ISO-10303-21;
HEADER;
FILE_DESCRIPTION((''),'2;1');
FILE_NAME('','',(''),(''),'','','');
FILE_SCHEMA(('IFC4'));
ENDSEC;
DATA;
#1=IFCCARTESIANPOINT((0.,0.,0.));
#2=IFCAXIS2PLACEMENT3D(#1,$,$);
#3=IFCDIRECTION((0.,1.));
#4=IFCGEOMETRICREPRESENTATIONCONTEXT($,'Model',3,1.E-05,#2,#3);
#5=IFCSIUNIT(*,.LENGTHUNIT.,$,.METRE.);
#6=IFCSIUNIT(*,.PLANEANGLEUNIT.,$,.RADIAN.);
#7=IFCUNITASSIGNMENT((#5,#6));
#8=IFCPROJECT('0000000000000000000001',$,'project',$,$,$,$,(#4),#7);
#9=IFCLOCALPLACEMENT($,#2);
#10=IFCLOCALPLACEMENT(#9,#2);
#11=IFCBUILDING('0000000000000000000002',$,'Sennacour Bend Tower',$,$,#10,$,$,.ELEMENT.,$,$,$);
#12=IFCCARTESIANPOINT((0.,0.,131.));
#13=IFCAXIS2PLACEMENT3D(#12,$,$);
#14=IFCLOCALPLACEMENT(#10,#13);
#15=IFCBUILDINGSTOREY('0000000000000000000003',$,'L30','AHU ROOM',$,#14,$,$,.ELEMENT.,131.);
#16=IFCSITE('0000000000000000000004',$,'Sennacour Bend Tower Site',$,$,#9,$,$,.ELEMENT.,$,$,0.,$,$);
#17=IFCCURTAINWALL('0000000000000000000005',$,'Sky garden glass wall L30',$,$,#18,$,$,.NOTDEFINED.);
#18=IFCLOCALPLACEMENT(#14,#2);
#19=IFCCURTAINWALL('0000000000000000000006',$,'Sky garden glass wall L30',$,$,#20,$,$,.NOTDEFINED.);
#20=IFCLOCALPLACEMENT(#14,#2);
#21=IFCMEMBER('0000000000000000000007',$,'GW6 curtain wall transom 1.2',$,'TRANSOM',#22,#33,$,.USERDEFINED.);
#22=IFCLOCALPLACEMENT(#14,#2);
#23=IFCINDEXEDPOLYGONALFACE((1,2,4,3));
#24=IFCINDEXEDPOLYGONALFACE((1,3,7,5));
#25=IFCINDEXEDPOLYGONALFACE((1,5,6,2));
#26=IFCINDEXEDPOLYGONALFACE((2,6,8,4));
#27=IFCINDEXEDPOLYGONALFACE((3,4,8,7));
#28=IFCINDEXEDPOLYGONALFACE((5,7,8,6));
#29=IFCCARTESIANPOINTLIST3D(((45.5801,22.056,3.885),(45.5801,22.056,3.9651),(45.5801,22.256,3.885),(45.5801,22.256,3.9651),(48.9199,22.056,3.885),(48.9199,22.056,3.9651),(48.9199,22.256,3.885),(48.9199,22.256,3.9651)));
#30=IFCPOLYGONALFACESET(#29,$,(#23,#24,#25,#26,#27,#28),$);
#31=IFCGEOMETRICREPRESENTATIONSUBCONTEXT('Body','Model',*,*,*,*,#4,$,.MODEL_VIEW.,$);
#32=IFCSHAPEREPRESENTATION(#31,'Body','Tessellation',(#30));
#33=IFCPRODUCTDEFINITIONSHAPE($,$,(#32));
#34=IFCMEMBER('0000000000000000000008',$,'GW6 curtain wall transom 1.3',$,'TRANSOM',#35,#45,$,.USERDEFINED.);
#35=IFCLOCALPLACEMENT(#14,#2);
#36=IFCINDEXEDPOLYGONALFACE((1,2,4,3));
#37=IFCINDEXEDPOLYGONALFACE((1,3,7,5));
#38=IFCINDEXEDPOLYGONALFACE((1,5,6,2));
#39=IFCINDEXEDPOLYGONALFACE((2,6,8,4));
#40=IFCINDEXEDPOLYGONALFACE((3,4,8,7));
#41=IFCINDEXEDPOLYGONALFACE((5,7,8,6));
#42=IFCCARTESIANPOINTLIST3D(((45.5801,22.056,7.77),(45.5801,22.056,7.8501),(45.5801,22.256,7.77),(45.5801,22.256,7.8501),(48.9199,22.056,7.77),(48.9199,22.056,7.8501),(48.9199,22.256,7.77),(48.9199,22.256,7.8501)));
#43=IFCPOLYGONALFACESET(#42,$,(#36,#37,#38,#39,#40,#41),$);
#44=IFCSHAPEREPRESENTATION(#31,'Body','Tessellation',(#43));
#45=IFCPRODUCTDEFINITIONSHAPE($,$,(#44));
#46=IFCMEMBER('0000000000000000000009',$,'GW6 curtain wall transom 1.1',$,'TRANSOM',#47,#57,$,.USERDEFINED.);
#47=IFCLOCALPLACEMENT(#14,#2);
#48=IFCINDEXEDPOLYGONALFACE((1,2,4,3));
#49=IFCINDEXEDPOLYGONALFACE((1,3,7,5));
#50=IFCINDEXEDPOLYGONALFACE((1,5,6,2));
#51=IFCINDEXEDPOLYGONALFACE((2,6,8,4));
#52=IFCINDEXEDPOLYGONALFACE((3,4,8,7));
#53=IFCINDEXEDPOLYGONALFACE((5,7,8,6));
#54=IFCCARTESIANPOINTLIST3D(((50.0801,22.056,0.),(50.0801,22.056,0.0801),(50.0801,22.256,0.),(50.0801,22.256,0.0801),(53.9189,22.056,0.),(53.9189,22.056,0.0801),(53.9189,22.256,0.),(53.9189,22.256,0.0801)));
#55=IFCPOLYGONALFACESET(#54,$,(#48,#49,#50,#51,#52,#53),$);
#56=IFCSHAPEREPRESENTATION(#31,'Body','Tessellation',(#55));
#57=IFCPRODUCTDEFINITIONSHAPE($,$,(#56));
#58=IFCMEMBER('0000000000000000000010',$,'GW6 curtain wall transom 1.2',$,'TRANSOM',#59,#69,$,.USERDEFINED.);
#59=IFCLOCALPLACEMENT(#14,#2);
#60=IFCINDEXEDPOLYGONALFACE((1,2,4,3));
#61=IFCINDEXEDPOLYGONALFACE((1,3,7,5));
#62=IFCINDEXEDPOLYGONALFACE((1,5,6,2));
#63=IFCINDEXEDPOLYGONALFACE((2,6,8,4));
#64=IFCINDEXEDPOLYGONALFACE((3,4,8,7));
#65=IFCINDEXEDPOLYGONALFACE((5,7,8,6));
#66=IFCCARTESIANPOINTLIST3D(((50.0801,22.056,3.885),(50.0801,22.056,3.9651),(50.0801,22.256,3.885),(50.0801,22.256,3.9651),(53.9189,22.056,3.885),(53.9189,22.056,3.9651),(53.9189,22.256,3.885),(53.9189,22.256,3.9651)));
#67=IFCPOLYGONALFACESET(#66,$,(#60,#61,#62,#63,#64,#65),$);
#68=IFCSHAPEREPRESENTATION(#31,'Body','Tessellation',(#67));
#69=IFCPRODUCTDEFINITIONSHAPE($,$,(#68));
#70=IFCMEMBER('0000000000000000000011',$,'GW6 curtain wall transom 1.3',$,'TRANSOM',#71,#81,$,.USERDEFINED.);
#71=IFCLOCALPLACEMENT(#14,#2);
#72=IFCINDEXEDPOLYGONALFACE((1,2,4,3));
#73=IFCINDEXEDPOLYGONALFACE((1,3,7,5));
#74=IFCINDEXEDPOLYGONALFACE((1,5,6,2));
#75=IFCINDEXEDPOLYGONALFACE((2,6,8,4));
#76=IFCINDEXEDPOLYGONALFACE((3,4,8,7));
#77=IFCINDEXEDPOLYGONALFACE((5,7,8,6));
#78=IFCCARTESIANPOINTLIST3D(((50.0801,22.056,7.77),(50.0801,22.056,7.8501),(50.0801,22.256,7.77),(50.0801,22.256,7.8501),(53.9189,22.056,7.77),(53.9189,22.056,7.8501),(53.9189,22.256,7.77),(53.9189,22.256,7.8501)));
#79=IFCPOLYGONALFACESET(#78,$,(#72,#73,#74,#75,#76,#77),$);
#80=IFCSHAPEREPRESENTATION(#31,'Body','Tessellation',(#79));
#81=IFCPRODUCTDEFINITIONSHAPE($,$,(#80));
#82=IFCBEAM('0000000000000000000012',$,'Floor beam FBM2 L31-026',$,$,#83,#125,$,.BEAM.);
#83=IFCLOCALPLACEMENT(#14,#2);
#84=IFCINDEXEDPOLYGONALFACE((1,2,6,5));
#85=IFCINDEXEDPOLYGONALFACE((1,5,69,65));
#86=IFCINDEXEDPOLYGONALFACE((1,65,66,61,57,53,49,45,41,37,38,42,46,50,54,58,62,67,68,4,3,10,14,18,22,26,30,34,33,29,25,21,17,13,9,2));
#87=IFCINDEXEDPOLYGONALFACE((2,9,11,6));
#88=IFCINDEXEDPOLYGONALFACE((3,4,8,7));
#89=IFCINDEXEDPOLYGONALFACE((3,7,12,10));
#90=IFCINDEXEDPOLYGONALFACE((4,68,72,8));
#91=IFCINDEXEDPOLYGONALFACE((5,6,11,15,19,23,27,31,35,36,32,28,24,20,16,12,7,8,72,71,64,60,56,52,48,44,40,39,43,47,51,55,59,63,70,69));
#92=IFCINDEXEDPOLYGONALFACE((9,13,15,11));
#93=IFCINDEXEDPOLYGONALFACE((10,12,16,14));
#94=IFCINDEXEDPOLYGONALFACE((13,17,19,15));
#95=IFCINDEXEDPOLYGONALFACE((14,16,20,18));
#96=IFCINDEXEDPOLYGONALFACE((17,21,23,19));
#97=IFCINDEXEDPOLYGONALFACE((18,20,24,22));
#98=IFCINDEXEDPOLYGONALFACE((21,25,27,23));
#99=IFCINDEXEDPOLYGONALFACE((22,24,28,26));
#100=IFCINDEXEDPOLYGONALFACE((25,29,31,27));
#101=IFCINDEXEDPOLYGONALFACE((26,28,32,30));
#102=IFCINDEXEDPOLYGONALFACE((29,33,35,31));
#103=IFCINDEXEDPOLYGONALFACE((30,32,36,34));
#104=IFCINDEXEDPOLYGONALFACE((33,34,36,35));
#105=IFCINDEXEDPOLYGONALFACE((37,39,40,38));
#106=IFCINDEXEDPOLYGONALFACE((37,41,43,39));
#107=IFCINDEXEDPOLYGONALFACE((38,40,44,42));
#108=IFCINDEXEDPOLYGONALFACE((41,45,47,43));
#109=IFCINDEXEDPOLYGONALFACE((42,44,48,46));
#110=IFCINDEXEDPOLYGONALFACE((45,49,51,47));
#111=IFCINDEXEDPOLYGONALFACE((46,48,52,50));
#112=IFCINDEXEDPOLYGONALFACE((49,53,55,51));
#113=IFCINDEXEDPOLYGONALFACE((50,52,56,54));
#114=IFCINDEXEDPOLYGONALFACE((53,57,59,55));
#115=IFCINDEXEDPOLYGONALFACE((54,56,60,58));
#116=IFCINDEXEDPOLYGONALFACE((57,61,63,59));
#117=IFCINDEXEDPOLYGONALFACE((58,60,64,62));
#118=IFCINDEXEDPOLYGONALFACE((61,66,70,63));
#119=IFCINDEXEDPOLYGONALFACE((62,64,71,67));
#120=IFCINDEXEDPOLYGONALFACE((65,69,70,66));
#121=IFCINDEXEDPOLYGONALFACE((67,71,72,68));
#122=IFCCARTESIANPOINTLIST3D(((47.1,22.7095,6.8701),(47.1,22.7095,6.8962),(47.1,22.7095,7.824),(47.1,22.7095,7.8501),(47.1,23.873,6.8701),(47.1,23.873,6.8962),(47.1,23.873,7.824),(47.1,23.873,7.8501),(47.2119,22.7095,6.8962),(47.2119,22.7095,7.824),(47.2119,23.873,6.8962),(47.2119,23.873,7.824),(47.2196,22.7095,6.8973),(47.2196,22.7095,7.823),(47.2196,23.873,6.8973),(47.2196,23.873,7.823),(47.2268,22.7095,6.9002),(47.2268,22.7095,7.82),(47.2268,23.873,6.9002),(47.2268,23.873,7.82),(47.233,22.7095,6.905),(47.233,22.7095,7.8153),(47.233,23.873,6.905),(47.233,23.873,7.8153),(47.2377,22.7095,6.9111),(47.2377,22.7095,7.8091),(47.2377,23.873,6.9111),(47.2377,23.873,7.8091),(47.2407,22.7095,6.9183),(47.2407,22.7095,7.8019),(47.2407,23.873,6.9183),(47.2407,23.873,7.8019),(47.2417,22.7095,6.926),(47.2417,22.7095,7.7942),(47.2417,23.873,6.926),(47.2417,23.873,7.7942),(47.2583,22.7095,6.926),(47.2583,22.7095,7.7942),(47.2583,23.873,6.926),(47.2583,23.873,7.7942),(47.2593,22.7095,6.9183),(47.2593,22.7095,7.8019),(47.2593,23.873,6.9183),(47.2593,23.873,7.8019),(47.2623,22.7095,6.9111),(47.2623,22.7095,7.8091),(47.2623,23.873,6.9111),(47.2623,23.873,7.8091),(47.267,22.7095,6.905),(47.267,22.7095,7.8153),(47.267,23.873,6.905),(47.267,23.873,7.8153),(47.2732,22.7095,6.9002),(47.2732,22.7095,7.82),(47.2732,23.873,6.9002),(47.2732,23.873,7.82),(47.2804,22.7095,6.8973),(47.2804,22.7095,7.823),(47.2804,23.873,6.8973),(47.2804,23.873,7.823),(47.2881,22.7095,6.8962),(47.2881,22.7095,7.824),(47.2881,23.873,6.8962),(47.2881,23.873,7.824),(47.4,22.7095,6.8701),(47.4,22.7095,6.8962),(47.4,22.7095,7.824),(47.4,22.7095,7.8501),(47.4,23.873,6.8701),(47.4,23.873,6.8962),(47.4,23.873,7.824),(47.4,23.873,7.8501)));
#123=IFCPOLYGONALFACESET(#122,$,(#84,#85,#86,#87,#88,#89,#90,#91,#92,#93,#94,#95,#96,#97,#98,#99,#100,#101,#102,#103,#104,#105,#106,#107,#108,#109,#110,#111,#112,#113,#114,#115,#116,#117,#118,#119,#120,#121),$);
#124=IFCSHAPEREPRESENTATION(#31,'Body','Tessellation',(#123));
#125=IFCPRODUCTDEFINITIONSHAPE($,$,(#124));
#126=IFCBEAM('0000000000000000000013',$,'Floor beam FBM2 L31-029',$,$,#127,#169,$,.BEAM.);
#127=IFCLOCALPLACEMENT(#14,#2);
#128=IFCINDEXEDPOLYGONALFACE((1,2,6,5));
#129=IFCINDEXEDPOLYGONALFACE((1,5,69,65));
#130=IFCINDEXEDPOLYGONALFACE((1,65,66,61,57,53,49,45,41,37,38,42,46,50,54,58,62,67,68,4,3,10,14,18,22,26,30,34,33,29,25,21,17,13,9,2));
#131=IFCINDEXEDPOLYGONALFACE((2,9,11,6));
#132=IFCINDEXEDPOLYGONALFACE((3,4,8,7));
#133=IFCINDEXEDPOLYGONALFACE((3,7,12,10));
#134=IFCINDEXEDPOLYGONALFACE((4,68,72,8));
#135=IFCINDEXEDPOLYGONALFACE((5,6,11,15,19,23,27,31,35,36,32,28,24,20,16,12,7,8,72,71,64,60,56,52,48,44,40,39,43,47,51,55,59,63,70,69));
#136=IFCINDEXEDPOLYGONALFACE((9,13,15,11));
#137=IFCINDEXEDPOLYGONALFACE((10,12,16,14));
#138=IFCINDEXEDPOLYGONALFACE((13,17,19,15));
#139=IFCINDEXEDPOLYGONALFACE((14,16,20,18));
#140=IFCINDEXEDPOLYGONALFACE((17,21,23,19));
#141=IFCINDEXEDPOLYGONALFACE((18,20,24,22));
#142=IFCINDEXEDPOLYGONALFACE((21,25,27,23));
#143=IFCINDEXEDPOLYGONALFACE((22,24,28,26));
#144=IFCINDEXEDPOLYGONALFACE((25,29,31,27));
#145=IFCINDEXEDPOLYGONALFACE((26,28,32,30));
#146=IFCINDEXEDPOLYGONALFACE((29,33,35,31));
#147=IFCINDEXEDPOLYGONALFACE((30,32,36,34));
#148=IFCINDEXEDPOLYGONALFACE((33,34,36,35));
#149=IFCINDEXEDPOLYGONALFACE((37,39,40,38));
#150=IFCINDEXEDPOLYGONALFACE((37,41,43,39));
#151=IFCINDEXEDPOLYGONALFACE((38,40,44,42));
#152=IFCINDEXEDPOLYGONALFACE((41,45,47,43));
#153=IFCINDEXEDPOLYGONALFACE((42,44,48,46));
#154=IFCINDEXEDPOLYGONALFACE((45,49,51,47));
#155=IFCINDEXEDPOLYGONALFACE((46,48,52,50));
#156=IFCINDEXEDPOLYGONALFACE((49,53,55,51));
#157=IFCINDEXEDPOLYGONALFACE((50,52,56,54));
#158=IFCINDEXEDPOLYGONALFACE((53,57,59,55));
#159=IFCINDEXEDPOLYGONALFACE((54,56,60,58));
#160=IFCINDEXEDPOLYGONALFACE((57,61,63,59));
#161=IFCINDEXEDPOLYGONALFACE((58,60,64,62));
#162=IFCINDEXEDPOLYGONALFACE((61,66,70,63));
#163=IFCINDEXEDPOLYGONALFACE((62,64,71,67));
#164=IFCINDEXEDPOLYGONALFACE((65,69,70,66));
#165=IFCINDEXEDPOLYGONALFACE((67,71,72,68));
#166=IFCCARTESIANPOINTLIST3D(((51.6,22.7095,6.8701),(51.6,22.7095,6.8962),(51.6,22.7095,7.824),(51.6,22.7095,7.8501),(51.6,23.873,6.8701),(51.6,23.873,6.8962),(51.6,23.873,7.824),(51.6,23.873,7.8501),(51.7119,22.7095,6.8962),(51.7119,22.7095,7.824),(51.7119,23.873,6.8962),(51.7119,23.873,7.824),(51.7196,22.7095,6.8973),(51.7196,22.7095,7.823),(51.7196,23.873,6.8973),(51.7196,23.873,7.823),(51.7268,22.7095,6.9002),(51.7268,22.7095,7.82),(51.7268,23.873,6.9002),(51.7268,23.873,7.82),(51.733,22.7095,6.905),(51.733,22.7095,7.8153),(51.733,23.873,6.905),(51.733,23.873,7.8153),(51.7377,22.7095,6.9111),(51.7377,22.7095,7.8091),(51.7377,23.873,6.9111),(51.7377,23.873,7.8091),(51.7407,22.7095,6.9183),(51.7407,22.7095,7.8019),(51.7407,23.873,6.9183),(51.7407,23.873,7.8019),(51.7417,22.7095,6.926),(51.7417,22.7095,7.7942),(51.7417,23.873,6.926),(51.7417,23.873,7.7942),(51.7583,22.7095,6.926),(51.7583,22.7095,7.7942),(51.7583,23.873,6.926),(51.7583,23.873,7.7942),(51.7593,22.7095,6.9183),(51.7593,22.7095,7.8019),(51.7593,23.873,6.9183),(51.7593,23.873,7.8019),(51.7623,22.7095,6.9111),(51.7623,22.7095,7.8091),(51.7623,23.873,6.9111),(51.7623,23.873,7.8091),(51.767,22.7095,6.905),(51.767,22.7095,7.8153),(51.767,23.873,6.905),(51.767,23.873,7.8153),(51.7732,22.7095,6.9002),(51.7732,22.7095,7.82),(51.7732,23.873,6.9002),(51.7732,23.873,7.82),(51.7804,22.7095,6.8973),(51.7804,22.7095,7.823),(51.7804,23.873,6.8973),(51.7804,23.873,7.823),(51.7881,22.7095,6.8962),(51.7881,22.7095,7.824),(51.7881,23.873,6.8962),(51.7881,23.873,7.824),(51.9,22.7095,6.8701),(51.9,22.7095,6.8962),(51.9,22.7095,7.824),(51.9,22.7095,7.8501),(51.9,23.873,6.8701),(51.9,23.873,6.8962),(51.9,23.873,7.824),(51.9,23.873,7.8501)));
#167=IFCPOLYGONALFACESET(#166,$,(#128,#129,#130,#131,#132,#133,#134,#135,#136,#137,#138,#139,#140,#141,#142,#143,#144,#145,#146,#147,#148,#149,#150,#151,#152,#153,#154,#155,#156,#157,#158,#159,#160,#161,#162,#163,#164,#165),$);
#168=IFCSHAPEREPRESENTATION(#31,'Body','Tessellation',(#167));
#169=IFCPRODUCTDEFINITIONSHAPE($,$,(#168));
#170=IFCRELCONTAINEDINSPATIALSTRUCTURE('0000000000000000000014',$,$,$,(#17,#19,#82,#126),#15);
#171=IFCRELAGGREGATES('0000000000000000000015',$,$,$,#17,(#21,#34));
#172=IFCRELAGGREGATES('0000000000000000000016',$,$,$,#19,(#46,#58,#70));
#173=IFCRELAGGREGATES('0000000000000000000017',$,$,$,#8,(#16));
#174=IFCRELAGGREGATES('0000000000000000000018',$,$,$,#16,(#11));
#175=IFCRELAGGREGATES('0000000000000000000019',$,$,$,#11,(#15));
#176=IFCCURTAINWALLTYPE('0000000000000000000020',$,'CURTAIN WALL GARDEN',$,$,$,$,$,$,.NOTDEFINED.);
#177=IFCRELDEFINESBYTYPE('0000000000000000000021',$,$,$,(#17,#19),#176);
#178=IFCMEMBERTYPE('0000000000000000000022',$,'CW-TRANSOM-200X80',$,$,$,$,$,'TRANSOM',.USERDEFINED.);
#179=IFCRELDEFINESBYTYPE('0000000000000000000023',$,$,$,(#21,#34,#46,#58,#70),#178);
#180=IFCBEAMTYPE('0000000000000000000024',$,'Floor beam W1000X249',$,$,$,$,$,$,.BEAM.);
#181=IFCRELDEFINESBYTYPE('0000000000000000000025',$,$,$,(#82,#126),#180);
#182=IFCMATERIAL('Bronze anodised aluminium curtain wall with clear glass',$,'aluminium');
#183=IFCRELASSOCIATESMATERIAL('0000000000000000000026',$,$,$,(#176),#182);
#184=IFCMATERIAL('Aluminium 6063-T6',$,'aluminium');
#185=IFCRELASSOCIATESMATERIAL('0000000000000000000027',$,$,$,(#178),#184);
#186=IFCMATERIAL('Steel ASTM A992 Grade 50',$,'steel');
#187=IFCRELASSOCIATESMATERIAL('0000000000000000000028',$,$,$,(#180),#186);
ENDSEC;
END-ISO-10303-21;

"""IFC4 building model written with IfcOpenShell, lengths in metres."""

from ifc_helpers import new_model, si_unit, direction, frame, origin, origin_2d, place, context, subcontext, project, spatial, rectangle, i_section, extrude, material, material_profile, profile_set, type_object, element, aggregate, save


model = new_model("IFC4")

# Units and contexts
model_context = context("Model", 3, precision=1e-05, world=origin(), true_north=direction((0.0, 1.0)))
body_context = subcontext(model_context, "Body", "Model", "MODEL_VIEW")
ifc_project = project(units=[si_unit("LENGTHUNIT", "METRE"), si_unit("PLANEANGLEUNIT", "RADIAN")], contexts=[model_context])

# Site, building, storey
site_placement = place(None, origin())
site = spatial("IfcSite", under=ifc_project, at=site_placement, Name="Sennacour Bend Tower Site", CompositionType="ELEMENT", RefElevation=0.0)
building_placement = place(site_placement, origin())
building = spatial("IfcBuilding", under=site, at=building_placement, Name="Sennacour Bend Tower", CompositionType="ELEMENT")
storey_placement = place(building_placement, frame((0.0, 0.0, 131.0)))
storey = spatial("IfcBuildingStorey", under=building, at=storey_placement, Name="L30", Description="AHU ROOM", CompositionType="ELEMENT", Elevation=131.0)

# Shared definitions
ifc_material_1 = material(Name="Steel ASTM A992 Grade 50", Category="steel")

# Curtain walls
ifc_material_2 = material(Name="Bronze anodised aluminium curtain wall with clear glass", Category="aluminium")
curtain_wall_type = type_object("IfcCurtainWallType", Name="CURTAIN WALL GARDEN", PredefinedType="NOTDEFINED", material=ifc_material_2)
curtain_wall_1_placement = place(storey_placement, origin())
curtain_wall_1 = element("IfcCurtainWall", 1, at=curtain_wall_1_placement, inside=storey, type_object=curtain_wall_type, Name="Sky garden glass wall L30", PredefinedType="NOTDEFINED")
ifc_material_3 = material(Name="Aluminium 6063-T6", Category="aluminium")
curtain_wall_2_placement = place(storey_placement, origin())
curtain_wall_2 = element("IfcCurtainWall", 2, at=curtain_wall_2_placement, inside=storey, type_object=curtain_wall_type, Name="Sky garden glass wall L30", PredefinedType="NOTDEFINED")

# Members
ifc_material_profile_1 = material_profile(ifc_material_3, rectangle(XDim=0.2, YDim=0.0801, at=origin_2d()), Name="Aluminium 6063-T6", Category="aluminium")
ifc_profile_set_1 = profile_set([ifc_material_profile_1], Name="Aluminium 6063-T6")
member_type_1 = type_object("IfcMemberType", Name="CW-TRANSOM-200X80", ElementType="TRANSOM", PredefinedType="USERDEFINED", material=ifc_profile_set_1)
member_1_placement = place(storey_placement, frame((45.5801, 22.156, 3.925), z_axis=(1.0, 0.0, 0.0), x_axis=(0.0, 1.0, 0.0)))
member_1 = element("IfcMember", 3, at=member_1_placement, type_object=member_type_1, Name="GW6 curtain wall transom 1.2", ObjectType="TRANSOM", PredefinedType="USERDEFINED", context=body_context, shape_type="SweptSolid", body=[
    extrude(rectangle(XDim=0.2, YDim=0.0801, at=origin_2d()), origin(), (0.0, 0.0, 1.0), 3.3398),
])
member_2_placement = place(storey_placement, frame((45.5801, 22.156, 7.8101), z_axis=(1.0, 0.0, 0.0), x_axis=(0.0, 1.0, 0.0)))
member_2 = element("IfcMember", 4, at=member_2_placement, type_object=member_type_1, Name="GW6 curtain wall transom 1.3", ObjectType="TRANSOM", PredefinedType="USERDEFINED", context=body_context, shape_type="SweptSolid", body=[
    extrude(rectangle(XDim=0.2, YDim=0.0801, at=origin_2d()), origin(), (0.0, 0.0, 1.0), 3.3398),
])
member_3_placement = place(storey_placement, frame((50.0801, 22.156, 0.04), z_axis=(1.0, 0.0, 0.0), x_axis=(0.0, 1.0, 0.0)))
member_3 = element("IfcMember", 5, at=member_3_placement, type_object=member_type_1, Name="GW6 curtain wall transom 1.1", ObjectType="TRANSOM", PredefinedType="USERDEFINED", context=body_context, shape_type="SweptSolid", body=[
    extrude(rectangle(XDim=0.2, YDim=0.0801, at=origin_2d()), origin(), (0.0, 0.0, 1.0), 3.8389),
])
member_4_placement = place(storey_placement, frame((50.0801, 22.156, 3.925), z_axis=(1.0, 0.0, 0.0), x_axis=(0.0, 1.0, 0.0)))
member_4 = element("IfcMember", 6, at=member_4_placement, type_object=member_type_1, Name="GW6 curtain wall transom 1.2", ObjectType="TRANSOM", PredefinedType="USERDEFINED", context=body_context, shape_type="SweptSolid", body=[
    extrude(rectangle(XDim=0.2, YDim=0.0801, at=origin_2d()), origin(), (0.0, 0.0, 1.0), 3.8389),
])
member_5_placement = place(storey_placement, frame((50.0801, 22.156, 7.8101), z_axis=(1.0, 0.0, 0.0), x_axis=(0.0, 1.0, 0.0)))
member_5 = element("IfcMember", 7, at=member_5_placement, type_object=member_type_1, Name="GW6 curtain wall transom 1.3", ObjectType="TRANSOM", PredefinedType="USERDEFINED", context=body_context, shape_type="SweptSolid", body=[
    extrude(rectangle(XDim=0.2, YDim=0.0801, at=origin_2d()), origin(), (0.0, 0.0, 1.0), 3.8389),
])

# Beams
ifc_material_profile_2 = material_profile(ifc_material_1, i_section(OverallWidth=0.3, OverallDepth=0.98, WebThickness=0.0166, FlangeThickness=0.0261, FilletRadius=0.0298, at=origin_2d()), Name="Steel ASTM A992 Grade 50", Category="steel")
ifc_profile_set_2 = profile_set([ifc_material_profile_2], Name="Steel ASTM A992 Grade 50")
beam_type_1 = type_object("IfcBeamType", Name="Floor beam W1000X249", PredefinedType="BEAM", material=ifc_profile_set_2)
for number, where, z_axis, x_axis, name in (
    (8, (47.25, 22.7095, 7.3601), (0.0, 1.0, 0.0), (-1.0, 0.0, 0.0), "Floor beam FBM2 L31-026"),
    (9, (51.75, 22.7095, 7.3601), (0.0, 1.0, 0.0), (-1.0, 0.0, 0.0), "Floor beam FBM2 L31-029"),
):
    element("IfcBeam", number, at=place(storey_placement, frame(where, z_axis=z_axis, x_axis=x_axis)), inside=storey, type_object=beam_type_1, Name=name, PredefinedType="BEAM", context=body_context, shape_type="SweptSolid", body=[
        extrude(i_section(OverallWidth=0.3, OverallDepth=0.98, WebThickness=0.0166, FlangeThickness=0.0261, FilletRadius=0.0298, at=origin_2d()), origin(), (0.0, 0.0, 1.0), 1.1636),
    ])

aggregate(curtain_wall_1, [member_1, member_2])
aggregate(curtain_wall_2, [member_3, member_4, member_5])

save(model, "model.ifc")
